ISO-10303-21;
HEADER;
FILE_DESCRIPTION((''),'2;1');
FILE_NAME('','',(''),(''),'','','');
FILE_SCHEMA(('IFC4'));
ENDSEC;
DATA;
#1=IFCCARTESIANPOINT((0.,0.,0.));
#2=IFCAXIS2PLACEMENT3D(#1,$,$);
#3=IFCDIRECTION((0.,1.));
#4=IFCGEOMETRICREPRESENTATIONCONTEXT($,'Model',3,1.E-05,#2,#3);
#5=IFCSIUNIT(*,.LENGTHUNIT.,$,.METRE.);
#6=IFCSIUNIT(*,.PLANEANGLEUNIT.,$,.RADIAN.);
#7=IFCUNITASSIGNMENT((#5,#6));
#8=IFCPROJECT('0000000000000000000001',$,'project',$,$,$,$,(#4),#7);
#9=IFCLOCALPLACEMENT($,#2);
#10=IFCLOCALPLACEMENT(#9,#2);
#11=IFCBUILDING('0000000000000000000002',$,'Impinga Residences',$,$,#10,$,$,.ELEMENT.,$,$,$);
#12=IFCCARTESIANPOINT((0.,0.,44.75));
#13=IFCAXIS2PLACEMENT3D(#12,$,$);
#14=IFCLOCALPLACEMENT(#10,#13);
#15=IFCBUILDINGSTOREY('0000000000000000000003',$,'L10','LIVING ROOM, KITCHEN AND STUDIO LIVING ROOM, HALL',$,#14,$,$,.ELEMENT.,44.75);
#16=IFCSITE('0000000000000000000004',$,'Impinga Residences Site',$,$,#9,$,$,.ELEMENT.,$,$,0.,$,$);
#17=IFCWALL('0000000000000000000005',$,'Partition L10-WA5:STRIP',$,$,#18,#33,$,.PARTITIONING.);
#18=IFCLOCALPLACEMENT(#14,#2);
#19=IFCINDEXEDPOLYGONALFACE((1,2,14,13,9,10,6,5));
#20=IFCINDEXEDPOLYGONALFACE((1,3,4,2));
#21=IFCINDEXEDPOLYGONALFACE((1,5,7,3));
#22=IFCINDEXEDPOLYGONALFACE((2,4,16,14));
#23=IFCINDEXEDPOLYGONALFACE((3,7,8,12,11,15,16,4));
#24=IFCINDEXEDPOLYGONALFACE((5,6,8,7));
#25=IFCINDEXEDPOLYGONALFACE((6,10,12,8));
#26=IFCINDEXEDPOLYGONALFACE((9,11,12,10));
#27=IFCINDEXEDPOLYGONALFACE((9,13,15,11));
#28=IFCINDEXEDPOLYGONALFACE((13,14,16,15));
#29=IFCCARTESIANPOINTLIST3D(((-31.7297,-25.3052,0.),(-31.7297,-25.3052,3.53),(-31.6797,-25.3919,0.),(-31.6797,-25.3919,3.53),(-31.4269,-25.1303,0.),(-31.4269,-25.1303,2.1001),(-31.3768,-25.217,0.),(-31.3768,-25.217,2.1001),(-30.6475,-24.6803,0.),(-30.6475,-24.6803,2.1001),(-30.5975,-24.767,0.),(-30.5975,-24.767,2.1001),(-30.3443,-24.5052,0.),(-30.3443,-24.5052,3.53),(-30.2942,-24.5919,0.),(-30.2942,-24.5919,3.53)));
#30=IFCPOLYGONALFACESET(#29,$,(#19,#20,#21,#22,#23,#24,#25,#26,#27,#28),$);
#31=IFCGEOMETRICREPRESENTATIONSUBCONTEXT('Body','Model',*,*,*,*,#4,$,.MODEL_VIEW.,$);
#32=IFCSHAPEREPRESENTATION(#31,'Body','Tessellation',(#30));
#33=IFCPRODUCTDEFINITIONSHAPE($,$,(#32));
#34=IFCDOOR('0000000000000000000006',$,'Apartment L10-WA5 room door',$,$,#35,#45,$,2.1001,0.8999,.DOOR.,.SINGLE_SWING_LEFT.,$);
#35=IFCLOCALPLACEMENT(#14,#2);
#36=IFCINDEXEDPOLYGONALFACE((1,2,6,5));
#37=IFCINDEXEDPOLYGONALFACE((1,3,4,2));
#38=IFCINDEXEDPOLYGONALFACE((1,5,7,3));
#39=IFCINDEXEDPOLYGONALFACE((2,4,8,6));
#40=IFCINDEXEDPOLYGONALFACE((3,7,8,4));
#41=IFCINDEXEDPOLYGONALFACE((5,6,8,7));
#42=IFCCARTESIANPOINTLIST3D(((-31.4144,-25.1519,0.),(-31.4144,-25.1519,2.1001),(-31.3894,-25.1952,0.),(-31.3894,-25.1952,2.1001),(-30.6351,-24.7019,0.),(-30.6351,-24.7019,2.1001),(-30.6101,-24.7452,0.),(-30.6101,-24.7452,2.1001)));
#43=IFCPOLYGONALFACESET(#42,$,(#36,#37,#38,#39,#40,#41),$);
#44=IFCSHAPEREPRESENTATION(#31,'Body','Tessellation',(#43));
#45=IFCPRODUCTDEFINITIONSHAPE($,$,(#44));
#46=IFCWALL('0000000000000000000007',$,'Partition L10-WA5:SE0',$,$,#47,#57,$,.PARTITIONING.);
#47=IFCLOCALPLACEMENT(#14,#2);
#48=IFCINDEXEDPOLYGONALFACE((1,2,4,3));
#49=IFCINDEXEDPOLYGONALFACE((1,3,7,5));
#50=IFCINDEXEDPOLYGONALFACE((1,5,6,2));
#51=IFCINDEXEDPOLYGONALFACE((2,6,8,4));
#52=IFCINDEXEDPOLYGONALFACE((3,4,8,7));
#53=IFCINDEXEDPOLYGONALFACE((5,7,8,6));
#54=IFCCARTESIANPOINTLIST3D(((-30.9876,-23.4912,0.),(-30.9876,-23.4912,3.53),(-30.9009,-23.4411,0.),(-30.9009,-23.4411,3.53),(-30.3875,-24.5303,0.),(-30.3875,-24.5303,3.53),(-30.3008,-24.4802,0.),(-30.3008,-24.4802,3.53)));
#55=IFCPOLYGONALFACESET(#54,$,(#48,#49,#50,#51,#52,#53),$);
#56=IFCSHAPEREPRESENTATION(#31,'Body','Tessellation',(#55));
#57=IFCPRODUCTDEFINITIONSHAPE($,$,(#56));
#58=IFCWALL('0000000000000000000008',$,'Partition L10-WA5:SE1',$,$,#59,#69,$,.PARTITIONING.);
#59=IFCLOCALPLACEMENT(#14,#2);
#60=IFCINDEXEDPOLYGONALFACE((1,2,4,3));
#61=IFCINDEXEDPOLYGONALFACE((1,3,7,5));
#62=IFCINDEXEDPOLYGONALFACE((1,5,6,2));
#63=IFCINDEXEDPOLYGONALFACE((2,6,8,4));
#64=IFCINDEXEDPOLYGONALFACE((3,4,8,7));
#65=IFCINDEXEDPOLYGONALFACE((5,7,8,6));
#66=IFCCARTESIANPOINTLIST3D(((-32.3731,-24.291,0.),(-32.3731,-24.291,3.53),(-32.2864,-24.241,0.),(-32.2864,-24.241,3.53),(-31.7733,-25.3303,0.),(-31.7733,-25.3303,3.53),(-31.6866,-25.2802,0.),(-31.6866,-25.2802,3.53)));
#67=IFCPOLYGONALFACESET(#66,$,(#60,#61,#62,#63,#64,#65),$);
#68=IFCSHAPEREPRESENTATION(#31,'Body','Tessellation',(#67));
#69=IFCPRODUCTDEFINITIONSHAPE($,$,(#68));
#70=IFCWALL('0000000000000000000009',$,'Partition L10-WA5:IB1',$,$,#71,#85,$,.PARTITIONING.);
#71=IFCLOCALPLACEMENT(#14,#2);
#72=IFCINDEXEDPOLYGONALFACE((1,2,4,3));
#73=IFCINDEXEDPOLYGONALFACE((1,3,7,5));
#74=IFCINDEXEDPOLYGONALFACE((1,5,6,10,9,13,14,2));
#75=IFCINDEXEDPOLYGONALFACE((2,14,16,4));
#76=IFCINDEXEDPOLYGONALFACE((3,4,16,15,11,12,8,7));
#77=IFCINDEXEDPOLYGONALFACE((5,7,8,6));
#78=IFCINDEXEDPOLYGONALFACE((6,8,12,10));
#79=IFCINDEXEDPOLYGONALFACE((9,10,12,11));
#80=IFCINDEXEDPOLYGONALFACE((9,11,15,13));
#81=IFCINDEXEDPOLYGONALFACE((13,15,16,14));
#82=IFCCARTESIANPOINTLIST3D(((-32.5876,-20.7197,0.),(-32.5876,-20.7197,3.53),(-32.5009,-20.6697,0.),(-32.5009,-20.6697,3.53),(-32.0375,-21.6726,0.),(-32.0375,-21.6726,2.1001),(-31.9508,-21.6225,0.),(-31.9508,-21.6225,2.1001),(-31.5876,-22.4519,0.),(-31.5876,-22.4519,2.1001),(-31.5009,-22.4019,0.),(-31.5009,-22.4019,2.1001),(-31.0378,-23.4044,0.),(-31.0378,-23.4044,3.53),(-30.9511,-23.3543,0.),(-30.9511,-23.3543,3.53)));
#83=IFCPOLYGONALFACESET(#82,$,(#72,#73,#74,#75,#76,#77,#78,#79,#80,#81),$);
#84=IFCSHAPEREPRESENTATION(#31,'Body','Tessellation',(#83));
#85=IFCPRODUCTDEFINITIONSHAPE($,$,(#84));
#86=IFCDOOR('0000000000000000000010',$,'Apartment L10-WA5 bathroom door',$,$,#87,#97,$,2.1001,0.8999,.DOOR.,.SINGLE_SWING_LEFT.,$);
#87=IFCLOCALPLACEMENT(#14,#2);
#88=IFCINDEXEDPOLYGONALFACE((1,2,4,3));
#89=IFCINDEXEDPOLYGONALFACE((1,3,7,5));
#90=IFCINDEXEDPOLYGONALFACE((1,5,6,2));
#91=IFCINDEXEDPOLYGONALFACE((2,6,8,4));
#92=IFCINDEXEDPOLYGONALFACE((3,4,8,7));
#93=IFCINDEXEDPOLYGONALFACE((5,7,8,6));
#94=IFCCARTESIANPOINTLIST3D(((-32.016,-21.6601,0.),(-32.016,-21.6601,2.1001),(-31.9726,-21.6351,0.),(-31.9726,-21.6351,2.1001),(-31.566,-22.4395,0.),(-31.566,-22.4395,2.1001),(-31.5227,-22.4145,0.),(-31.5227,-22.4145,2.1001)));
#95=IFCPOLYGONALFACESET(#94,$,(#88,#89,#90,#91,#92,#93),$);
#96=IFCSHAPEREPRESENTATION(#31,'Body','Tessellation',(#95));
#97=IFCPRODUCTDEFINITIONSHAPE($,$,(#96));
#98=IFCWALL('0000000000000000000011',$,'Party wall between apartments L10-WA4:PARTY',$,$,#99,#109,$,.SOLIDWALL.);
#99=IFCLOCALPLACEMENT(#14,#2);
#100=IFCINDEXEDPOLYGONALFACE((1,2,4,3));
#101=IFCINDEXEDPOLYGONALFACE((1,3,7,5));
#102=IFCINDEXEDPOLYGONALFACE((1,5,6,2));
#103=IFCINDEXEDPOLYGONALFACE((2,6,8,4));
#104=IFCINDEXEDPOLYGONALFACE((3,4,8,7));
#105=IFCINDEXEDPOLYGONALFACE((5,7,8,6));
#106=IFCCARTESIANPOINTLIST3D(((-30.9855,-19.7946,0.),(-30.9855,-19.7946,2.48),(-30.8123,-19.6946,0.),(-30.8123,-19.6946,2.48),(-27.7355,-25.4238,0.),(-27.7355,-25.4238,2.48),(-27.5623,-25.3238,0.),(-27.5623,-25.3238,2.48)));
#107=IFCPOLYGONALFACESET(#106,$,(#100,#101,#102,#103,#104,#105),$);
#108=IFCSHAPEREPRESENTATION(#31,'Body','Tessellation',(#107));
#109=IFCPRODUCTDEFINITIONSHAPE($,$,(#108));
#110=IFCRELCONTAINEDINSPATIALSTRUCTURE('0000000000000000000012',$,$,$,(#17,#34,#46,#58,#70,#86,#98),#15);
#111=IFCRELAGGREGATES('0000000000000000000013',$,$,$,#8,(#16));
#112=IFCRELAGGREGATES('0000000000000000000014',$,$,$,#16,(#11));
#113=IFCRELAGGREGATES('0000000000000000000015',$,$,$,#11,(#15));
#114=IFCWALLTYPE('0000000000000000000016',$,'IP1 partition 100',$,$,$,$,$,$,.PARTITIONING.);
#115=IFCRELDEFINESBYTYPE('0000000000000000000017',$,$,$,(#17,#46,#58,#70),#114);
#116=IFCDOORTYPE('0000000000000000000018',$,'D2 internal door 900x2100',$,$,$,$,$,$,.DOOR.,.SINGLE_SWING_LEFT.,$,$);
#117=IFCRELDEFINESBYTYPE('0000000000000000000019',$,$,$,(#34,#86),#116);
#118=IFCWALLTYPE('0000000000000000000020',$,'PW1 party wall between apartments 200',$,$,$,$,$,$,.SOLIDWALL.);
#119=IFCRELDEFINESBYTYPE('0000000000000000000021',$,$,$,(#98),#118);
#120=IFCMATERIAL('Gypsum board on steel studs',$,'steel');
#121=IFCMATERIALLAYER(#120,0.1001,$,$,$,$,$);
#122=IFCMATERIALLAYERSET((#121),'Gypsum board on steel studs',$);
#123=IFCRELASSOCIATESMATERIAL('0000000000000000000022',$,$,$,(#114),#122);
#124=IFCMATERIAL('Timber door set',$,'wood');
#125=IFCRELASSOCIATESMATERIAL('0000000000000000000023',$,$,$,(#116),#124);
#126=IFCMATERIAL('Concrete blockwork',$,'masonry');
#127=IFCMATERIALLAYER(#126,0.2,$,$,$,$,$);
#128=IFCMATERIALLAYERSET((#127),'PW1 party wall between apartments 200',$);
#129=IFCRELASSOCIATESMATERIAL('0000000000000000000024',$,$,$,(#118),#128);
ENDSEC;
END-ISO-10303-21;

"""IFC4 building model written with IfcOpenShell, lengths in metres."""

from ifc_helpers import new_model, si_unit, direction, frame, frame_2d, origin, place, context, subcontext, project, spatial, rectangle, extrude, material, layer, layer_set, type_object, element, fill, save


model = new_model("IFC4")

# Units and contexts
model_context = context("Model", 3, precision=1e-05, world=origin(), true_north=direction((0.0, 1.0)))
body_context = subcontext(model_context, "Body", "Model", "MODEL_VIEW")
ifc_project = project(units=[si_unit("LENGTHUNIT", "METRE"), si_unit("PLANEANGLEUNIT", "RADIAN")], contexts=[model_context])

# Site, building, storey
site_placement = place(None, origin())
site = spatial("IfcSite", under=ifc_project, at=site_placement, Name="Impinga Residences Site", CompositionType="ELEMENT", RefElevation=0.0)
building_placement = place(site_placement, origin())
building = spatial("IfcBuilding", under=site, at=building_placement, Name="Impinga Residences", CompositionType="ELEMENT")
storey_placement = place(building_placement, frame((0.0, 0.0, 44.75)))
storey = spatial("IfcBuildingStorey", under=building, at=storey_placement, Name="L10", Description="LIVING ROOM, KITCHEN AND STUDIO LIVING ROOM, HALL", CompositionType="ELEMENT", Elevation=44.75)

# Shared definitions
ifc_material_1 = material(Name="Gypsum board on steel studs", Category="steel")
ifc_layer_1 = layer(ifc_material_1, 0.1001)
ifc_layer_set_1 = layer_set([ifc_layer_1], Name="Gypsum board on steel studs")
wall_type_1 = type_object("IfcWallType", Name="IP1 partition 100", PredefinedType="PARTITIONING", material=ifc_layer_set_1)

# Shared definitions
ifc_material_2 = material(Name="Timber door set", Category="wood")
door_type = type_object("IfcDoorType", Name="D2 internal door 900x2100", OperationType="SINGLE_SWING_LEFT", PredefinedType="DOOR", material=ifc_material_2)

# Wall, opening, door
wall_1_placement = place(storey_placement, frame((-30.3193, -24.5486, 0.0), z_axis=(0.0, 0.0, 1.0), x_axis=(-0.86599, -0.500061, 0.0)))
wall_1 = element("IfcWall", 1, at=wall_1_placement, inside=storey, type_object=wall_type_1, Name="Partition L10-WA5:STRIP", PredefinedType="PARTITIONING", context=body_context, shape_type="SweptSolid", body=[
    extrude(rectangle(XDim=1.5999, YDim=0.1001, at=frame_2d((0.7998, 0.0))), origin(), (0.0, 0.0, 1.0), 3.53),
])
opening_1_placement = place(wall_1_placement, frame((0.3501, 0.0, 0.0)))
opening_1 = element("IfcOpeningElement", 2, at=opening_1_placement, cuts=wall_1, PredefinedType="OPENING", context=body_context, shape_type="SweptSolid", body=[
    extrude(rectangle(XDim=0.8999, YDim=2.1001, at=frame_2d((0.45, 1.05))), frame((0.0, 0.0601, 0.0), z_axis=(0.0, -1.0, 0.0), x_axis=(1.0, 0.0, 0.0)), (0.0, 0.0, 1.0), 0.1201),
])
door_1_placement = place(opening_1_placement, origin())
door_1 = element("IfcDoor", 3, at=door_1_placement, inside=storey, type_object=door_type, Name="Apartment L10-WA5 room door", OperationType="SINGLE_SWING_LEFT", OverallHeight=2.1001, OverallWidth=0.8999, PredefinedType="DOOR", context=body_context, shape_type="SweptSolid", body=[
    extrude(rectangle(XDim=0.8999, YDim=2.1001, at=frame_2d((0.45, 1.05))), frame((0.0, 0.0249, 0.0), z_axis=(0.0, -1.0, 0.0), x_axis=(1.0, 0.0, 0.0)), (0.0, 0.0, 1.0), 0.05),
])
fill(opening_1, door_1)

# Walls
for number, where, z_axis, x_axis, name in (
    (4, (-30.9443, -23.4661, 0.0), (0.0, 0.0, 1.0), (0.500122, -0.865955, 0.0), "Partition L10-WA5:SE0"),
    (5, (-32.3298, -24.2659, 0.0), (0.0, 0.0, 1.0), (0.499881, -0.866094, 0.0), "Partition L10-WA5:SE1"),
):
    element("IfcWall", number, at=place(storey_placement, frame(where, z_axis=z_axis, x_axis=x_axis)), inside=storey, type_object=wall_type_1, Name=name, PredefinedType="PARTITIONING", context=body_context, shape_type="SweptSolid", body=[
        extrude(rectangle(XDim=1.2, YDim=0.1001, at=frame_2d((0.6001, 0.0))), origin(), (0.0, 0.0, 1.0), 3.53),
    ])

# Wall, opening, door
wall_2_placement = place(storey_placement, frame((-32.5442, -20.6948, 0.0), z_axis=(0.0, 0.0, 1.0), x_axis=(0.499968, -0.866044, 0.0)))
wall_2 = element("IfcWall", 6, at=wall_2_placement, inside=storey, type_object=wall_type_1, Name="Partition L10-WA5:IB1", PredefinedType="PARTITIONING", context=body_context, shape_type="SweptSolid", body=[
    extrude(rectangle(XDim=3.0999, YDim=0.1001, at=frame_2d((1.5498, 0.0))), origin(), (0.0, 0.0, 1.0), 3.53),
])
opening_2_placement = place(wall_2_placement, frame((1.1001, 0.0, 0.0)))
opening_2 = element("IfcOpeningElement", 7, at=opening_2_placement, cuts=wall_2, PredefinedType="OPENING", context=body_context, shape_type="SweptSolid", body=[
    extrude(rectangle(XDim=0.8999, YDim=2.1001, at=frame_2d((0.45, 1.05))), frame((0.0, 0.0601, 0.0), z_axis=(0.0, -1.0, 0.0), x_axis=(1.0, 0.0, 0.0)), (0.0, 0.0, 1.0), 0.1201),
])
door_2_placement = place(opening_2_placement, origin())
door_2 = element("IfcDoor", 8, at=door_2_placement, inside=storey, type_object=door_type, Name="Apartment L10-WA5 bathroom door", OperationType="SINGLE_SWING_LEFT", OverallHeight=2.1001, OverallWidth=0.8999, PredefinedType="DOOR", context=body_context, shape_type="SweptSolid", body=[
    extrude(rectangle(XDim=0.8999, YDim=2.1001, at=frame_2d((0.45, 1.05))), frame((0.0, 0.0249, 0.0), z_axis=(0.0, -1.0, 0.0), x_axis=(1.0, 0.0, 0.0)), (0.0, 0.0, 1.0), 0.05),
])
fill(opening_2, door_2)

# Wall
ifc_material_3 = material(Name="Concrete blockwork", Category="masonry")
ifc_layer_2 = layer(ifc_material_3, 0.2)
ifc_layer_set_2 = layer_set([ifc_layer_2], Name="PW1 party wall between apartments 200")
wall_type_2 = type_object("IfcWallType", Name="PW1 party wall between apartments 200", PredefinedType="SOLIDWALL", material=ifc_layer_set_2)
wall_3_placement = place(storey_placement, frame((-30.8989, -19.7446, 0.0), z_axis=(0.0, 0.0, 1.0), x_axis=(0.500001, -0.866025, 0.0)))
element("IfcWall", 9, at=wall_3_placement, inside=storey, type_object=wall_type_2, Name="Party wall between apartments L10-WA4:PARTY", PredefinedType="SOLIDWALL", context=body_context, shape_type="SweptSolid", body=[
    extrude(rectangle(XDim=6.5, YDim=0.2, at=frame_2d((3.25, 0.0))), origin(), (0.0, 0.0, 1.0), 2.48),
])

save(model, "model.ifc")
